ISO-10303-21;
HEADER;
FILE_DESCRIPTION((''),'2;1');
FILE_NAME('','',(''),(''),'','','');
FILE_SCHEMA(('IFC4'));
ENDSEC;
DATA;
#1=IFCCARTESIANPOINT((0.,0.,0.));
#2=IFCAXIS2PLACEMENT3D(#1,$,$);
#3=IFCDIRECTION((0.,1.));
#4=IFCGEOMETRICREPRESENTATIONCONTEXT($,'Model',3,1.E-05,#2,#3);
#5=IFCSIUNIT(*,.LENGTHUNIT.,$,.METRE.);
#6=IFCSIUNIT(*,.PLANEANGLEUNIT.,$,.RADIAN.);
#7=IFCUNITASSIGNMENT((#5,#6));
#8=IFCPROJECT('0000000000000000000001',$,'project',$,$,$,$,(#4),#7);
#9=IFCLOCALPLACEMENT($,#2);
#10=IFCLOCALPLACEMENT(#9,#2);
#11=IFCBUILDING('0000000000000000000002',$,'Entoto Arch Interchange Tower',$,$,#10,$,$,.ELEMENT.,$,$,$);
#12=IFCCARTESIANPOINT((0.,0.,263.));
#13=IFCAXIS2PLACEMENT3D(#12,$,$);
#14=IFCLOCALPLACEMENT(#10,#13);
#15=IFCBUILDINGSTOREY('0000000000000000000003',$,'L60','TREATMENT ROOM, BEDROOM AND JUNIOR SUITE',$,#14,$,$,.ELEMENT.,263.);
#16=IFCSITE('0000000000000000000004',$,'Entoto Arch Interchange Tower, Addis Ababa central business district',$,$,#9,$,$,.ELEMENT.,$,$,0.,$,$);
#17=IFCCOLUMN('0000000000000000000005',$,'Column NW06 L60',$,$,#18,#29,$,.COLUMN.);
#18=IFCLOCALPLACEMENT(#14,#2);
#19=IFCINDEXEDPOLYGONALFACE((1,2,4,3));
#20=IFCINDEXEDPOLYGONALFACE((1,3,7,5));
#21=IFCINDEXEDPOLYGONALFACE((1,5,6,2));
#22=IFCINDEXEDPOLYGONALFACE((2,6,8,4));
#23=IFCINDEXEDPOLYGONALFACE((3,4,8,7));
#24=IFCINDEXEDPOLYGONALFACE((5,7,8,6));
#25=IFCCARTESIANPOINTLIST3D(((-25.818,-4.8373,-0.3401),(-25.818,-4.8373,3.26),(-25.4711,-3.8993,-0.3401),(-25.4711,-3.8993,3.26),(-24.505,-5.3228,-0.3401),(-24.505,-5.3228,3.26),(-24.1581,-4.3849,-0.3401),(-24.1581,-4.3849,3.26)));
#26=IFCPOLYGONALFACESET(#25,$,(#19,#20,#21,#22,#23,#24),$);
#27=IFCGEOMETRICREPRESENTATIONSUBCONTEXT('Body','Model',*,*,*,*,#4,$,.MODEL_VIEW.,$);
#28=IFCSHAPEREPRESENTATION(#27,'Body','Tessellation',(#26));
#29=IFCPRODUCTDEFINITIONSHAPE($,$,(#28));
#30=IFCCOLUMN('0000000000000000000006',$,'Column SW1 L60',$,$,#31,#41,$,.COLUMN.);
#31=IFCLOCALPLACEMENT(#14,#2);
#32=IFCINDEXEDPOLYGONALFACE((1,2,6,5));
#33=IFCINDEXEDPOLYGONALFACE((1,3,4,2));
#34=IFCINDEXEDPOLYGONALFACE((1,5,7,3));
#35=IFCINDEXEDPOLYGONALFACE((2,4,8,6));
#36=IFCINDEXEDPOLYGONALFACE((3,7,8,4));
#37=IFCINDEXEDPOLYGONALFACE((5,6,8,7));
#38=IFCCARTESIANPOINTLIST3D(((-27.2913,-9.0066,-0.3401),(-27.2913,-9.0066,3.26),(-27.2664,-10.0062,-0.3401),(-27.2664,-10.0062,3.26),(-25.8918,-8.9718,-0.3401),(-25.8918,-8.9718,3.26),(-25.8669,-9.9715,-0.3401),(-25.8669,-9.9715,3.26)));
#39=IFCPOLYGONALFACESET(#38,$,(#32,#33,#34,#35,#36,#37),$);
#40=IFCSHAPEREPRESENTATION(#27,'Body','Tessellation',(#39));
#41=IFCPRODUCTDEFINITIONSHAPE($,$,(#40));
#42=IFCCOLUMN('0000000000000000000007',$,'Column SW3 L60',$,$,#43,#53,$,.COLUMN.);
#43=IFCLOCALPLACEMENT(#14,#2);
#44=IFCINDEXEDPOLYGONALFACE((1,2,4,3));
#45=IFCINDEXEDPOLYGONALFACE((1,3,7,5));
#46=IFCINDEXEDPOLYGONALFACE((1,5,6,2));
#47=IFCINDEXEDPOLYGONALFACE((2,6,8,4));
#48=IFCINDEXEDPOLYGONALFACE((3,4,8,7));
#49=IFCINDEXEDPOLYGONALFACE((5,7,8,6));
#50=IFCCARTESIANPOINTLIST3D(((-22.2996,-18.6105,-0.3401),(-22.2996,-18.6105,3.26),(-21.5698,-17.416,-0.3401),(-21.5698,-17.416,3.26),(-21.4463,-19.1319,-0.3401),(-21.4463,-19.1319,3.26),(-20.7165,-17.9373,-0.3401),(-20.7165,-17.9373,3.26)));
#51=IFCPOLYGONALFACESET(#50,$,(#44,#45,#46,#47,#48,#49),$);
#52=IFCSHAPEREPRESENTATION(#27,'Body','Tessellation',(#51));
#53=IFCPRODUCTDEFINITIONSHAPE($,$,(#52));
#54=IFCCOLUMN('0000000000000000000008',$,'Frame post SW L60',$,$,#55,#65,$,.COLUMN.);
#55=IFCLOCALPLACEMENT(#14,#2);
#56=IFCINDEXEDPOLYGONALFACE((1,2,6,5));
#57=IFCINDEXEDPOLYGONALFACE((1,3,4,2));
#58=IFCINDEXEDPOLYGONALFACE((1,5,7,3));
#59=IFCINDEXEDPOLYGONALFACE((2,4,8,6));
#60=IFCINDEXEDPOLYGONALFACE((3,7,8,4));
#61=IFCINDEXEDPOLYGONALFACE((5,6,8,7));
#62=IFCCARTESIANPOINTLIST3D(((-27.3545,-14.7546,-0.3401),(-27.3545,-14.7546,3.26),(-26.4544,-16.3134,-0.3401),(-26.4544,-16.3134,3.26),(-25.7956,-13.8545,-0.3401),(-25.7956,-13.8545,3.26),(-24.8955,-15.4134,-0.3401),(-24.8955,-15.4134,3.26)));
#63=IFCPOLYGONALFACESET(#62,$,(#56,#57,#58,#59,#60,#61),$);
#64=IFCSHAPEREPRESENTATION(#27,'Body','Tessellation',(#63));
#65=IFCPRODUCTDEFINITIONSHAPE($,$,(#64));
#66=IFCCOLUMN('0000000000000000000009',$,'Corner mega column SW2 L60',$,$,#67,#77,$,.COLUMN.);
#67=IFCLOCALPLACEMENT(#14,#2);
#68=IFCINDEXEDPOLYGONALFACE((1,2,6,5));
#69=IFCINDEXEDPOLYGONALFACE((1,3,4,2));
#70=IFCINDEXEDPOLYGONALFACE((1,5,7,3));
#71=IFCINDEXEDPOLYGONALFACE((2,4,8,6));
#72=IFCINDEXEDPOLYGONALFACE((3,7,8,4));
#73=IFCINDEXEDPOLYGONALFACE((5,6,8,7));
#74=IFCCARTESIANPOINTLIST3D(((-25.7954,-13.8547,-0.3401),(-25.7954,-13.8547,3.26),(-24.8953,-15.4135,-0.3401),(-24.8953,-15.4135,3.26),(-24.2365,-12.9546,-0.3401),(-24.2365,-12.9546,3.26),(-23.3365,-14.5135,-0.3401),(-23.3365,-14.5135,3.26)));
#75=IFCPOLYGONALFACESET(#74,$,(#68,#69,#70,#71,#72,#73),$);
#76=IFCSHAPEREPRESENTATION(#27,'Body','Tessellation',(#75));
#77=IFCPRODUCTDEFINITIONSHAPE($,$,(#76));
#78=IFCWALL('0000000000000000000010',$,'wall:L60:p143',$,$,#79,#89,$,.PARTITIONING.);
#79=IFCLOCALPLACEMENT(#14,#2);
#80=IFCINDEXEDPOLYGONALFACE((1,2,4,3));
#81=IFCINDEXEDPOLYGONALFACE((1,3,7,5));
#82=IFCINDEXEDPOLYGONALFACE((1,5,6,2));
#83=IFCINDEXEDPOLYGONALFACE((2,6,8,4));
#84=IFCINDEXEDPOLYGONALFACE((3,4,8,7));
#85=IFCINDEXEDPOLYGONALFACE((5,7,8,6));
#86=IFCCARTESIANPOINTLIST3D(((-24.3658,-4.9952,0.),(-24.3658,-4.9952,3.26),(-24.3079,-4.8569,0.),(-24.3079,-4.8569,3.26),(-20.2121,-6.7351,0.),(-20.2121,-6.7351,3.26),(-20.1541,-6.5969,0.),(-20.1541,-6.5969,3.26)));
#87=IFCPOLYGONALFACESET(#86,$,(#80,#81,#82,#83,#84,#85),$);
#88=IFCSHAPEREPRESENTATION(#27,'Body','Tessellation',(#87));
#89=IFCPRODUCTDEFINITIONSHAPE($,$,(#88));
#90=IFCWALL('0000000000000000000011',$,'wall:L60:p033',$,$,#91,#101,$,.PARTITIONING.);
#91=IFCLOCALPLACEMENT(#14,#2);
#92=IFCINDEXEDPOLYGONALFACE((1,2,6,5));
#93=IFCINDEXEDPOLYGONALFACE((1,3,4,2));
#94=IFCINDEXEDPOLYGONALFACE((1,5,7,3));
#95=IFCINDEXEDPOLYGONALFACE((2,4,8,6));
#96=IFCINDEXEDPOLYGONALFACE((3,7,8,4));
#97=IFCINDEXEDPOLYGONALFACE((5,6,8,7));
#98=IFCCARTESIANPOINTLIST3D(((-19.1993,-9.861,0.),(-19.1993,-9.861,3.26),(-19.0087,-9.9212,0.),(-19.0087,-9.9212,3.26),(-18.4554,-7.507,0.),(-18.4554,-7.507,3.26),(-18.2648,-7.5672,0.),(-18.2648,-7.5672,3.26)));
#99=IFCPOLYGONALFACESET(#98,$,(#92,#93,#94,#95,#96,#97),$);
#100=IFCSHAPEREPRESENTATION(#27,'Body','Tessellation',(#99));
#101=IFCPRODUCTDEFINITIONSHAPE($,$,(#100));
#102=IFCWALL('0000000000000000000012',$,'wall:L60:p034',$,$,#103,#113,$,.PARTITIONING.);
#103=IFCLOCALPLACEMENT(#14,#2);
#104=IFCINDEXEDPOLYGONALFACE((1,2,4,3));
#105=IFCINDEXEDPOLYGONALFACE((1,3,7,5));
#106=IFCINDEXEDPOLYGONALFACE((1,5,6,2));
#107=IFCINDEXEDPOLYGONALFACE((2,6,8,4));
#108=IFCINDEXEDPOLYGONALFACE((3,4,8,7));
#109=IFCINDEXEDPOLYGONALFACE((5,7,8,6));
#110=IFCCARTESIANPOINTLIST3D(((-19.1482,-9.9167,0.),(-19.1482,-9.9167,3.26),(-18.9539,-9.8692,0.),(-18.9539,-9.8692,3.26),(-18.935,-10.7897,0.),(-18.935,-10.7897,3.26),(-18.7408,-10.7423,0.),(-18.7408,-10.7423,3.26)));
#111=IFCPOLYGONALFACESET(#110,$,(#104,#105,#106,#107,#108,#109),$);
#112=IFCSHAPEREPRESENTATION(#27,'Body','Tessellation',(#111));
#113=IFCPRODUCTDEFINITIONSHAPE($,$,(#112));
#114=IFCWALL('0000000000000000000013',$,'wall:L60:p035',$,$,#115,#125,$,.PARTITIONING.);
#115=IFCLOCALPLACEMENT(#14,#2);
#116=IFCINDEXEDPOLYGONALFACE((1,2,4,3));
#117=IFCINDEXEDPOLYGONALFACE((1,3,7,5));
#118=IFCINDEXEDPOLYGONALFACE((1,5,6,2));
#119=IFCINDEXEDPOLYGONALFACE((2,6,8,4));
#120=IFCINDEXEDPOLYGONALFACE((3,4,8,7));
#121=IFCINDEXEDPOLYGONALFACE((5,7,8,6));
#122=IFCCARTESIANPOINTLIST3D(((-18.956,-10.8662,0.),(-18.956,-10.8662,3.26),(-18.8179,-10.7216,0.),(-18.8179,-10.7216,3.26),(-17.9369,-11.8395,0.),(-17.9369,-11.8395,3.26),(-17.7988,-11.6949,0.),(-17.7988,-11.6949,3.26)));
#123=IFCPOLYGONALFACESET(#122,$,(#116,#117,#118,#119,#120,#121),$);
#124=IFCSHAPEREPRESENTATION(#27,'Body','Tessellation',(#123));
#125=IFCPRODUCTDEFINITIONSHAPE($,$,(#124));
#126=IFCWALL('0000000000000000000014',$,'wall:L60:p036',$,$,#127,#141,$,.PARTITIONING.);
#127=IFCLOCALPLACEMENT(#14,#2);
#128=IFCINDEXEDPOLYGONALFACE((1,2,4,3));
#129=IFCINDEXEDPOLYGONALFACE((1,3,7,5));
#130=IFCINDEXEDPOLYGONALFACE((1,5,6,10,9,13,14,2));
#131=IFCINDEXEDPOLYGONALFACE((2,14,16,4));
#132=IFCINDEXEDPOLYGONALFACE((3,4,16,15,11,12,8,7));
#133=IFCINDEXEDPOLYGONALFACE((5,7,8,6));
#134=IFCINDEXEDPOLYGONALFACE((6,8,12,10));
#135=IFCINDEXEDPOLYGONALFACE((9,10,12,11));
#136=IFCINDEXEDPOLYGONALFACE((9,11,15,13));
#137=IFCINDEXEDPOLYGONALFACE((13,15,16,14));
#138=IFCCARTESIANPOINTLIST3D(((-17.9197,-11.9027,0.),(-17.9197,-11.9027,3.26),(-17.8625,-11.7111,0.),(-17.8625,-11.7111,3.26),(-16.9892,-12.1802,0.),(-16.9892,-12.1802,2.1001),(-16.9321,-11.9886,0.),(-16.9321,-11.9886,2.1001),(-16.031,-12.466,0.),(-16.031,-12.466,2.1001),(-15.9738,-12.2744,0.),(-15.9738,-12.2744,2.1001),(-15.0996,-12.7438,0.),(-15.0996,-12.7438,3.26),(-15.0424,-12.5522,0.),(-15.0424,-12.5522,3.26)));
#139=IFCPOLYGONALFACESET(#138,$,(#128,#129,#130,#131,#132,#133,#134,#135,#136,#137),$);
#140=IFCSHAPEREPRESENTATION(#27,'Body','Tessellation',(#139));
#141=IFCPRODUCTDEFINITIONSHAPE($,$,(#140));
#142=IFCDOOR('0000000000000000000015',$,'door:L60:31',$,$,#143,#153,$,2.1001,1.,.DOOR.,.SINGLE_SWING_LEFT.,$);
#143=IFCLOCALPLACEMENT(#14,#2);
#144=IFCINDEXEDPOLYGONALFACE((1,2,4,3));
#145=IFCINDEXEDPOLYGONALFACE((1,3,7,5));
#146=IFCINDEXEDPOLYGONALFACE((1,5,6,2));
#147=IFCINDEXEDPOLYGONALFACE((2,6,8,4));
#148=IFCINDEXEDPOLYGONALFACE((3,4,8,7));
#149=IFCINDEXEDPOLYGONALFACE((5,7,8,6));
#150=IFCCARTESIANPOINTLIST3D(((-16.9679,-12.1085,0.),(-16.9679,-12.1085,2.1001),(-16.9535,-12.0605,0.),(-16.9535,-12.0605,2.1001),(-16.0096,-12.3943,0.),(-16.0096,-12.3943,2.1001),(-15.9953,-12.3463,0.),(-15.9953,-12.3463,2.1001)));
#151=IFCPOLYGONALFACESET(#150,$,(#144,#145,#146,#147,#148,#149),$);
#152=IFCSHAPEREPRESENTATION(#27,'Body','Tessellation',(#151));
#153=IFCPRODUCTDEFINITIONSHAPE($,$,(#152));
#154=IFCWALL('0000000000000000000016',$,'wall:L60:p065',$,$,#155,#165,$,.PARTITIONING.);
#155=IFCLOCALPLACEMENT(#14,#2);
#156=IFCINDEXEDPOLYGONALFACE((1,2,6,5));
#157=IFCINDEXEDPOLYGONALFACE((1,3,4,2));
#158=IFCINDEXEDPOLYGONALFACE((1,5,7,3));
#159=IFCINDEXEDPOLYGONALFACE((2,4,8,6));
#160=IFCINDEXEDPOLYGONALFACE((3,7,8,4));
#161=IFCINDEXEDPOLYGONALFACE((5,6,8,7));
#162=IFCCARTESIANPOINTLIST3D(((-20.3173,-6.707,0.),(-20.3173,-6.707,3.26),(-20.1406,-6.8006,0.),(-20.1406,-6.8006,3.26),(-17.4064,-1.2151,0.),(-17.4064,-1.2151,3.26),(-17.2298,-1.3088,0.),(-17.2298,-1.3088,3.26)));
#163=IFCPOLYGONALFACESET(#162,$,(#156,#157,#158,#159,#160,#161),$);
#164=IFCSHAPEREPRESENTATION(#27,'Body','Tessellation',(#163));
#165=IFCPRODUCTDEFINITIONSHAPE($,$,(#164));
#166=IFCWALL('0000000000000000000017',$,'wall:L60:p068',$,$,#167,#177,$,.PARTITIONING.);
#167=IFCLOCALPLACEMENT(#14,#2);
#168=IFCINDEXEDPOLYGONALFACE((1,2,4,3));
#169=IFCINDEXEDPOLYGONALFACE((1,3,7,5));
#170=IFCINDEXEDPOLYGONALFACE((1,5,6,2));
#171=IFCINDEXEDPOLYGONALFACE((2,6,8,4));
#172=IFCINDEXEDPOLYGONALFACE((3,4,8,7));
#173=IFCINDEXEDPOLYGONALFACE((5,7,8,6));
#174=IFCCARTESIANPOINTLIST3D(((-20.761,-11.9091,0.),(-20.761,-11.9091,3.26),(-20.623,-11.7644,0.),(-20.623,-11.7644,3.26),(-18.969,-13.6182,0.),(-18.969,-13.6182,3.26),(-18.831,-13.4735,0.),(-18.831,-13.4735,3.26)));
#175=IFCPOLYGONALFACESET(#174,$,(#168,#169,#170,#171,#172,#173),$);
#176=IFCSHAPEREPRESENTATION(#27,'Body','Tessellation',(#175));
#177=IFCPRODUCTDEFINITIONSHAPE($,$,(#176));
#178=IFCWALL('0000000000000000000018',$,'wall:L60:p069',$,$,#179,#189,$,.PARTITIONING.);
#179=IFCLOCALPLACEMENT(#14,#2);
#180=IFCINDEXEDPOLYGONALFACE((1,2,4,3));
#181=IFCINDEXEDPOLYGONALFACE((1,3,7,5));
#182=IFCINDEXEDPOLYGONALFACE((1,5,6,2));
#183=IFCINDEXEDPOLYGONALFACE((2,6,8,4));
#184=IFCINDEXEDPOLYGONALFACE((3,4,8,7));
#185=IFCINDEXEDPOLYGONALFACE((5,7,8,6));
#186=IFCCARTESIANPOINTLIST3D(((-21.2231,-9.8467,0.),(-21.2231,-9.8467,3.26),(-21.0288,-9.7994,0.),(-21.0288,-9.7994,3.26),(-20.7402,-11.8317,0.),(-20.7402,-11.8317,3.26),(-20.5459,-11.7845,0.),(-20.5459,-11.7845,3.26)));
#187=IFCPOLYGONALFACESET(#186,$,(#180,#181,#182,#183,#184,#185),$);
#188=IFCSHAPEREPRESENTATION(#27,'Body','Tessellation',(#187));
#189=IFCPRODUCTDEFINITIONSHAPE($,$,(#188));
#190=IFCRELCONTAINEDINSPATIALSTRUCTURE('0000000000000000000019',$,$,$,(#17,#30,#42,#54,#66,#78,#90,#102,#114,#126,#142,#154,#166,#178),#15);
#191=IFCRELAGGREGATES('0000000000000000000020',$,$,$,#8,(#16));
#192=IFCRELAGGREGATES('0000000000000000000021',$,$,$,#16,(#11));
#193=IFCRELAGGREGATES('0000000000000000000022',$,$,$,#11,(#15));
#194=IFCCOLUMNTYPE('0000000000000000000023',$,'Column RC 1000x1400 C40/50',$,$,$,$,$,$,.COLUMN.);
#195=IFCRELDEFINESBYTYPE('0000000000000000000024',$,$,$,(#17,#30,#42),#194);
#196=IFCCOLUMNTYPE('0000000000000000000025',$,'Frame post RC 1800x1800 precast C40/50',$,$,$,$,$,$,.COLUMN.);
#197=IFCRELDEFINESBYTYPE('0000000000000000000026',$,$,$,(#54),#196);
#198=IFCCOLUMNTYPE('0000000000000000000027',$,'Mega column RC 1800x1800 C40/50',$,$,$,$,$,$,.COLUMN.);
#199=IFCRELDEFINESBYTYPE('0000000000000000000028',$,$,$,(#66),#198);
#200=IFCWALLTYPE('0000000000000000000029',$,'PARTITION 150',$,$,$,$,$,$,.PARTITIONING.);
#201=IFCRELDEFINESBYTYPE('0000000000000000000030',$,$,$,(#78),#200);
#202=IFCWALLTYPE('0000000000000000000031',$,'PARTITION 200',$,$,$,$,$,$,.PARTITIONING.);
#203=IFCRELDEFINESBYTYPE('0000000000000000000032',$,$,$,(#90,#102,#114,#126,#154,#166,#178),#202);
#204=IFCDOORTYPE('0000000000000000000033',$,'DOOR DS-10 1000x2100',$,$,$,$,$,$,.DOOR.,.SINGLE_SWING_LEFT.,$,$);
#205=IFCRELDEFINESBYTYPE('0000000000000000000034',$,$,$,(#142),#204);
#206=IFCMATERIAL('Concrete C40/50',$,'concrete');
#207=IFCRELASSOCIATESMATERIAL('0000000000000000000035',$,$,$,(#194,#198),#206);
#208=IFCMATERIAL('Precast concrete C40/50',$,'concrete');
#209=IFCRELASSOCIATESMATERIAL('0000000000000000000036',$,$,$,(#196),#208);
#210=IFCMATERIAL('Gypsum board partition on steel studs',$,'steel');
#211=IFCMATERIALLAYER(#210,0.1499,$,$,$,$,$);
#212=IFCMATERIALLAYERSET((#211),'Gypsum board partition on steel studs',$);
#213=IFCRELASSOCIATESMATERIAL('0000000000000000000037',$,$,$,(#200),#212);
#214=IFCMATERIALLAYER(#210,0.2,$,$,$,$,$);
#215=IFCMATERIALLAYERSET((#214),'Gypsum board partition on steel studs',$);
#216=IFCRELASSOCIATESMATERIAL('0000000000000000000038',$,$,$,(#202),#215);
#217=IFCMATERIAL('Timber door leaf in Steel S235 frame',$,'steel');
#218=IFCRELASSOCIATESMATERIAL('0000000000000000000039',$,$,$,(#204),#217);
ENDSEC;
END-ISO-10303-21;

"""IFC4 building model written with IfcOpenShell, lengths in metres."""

from ifc_helpers import new_model, si_unit, direction, frame, frame_2d, origin, origin_2d, place, context, subcontext, project, spatial, rectangle, extrude, material, layer, layer_set, material_profile, profile_set, type_object, element, fill, save


model = new_model("IFC4")

# Units and contexts
model_context = context("Model", 3, precision=1e-05, world=origin(), true_north=direction((0.0, 1.0)))
body_context = subcontext(model_context, "Body", "Model", "MODEL_VIEW")
ifc_project = project(units=[si_unit("LENGTHUNIT", "METRE"), si_unit("PLANEANGLEUNIT", "RADIAN")], contexts=[model_context])

# Site, building, storey
site_placement = place(None, origin())
site = spatial("IfcSite", under=ifc_project, at=site_placement, Name="Entoto Arch Interchange Tower, Addis Ababa central business district", CompositionType="ELEMENT", RefElevation=0.0)
building_placement = place(site_placement, origin())
building = spatial("IfcBuilding", under=site, at=building_placement, Name="Entoto Arch Interchange Tower", CompositionType="ELEMENT")
storey_placement = place(building_placement, frame((0.0, 0.0, 263.0)))
storey = spatial("IfcBuildingStorey", under=building, at=storey_placement, Name="L60", Description="TREATMENT ROOM, BEDROOM AND JUNIOR SUITE", CompositionType="ELEMENT", Elevation=263.0)

# Columns
ifc_material_1 = material(Name="Concrete C40/50", Category="concrete")
ifc_material_profile_1 = material_profile(ifc_material_1, rectangle(XDim=1.0, YDim=1.3999, at=origin_2d()))
ifc_profile_set_1 = profile_set([ifc_material_profile_1], Name="Concrete C40/50")
column_type_1 = type_object("IfcColumnType", Name="Column RC 1000x1400 C40/50", PredefinedType="COLUMN", material=ifc_profile_set_1)
for number, where, z_axis, x_axis, name in (
    (1, (-24.988, -4.6111, -0.3401), (0.0, 0.0, 1.0), (0.346854, 0.937919, 0.0), "Column NW06 L60"),
    (2, (-26.5791, -9.489, -0.3401), (0.0, 0.0, 1.0), (-0.024833, 0.999692, 0.0), "Column SW1 L60"),
    (3, (-21.5081, -18.2739, -0.3401), (0.0, 0.0, 1.0), (-0.853342, 0.521352, 0.0), "Column SW3 L60"),
):
    element("IfcColumn", number, at=place(storey_placement, frame(where, z_axis=z_axis, x_axis=x_axis)), inside=storey, type_object=column_type_1, Name=name, PredefinedType="COLUMN", context=body_context, shape_type="SweptSolid", body=[
        extrude(rectangle(XDim=1.0, YDim=1.3999, at=origin_2d()), origin(), (0.0, 0.0, 1.0), 3.6001),
    ])
ifc_material_2 = material(Name="Precast concrete C40/50", Category="concrete")
ifc_material_profile_2 = material_profile(ifc_material_2, rectangle(XDim=1.8, YDim=1.8, at=origin_2d()))
ifc_profile_set_2 = profile_set([ifc_material_profile_2], Name="Precast concrete C40/50")
column_type_2 = type_object("IfcColumnType", Name="Frame post RC 1800x1800 precast C40/50", PredefinedType="COLUMN", material=ifc_profile_set_2)
column_1_placement = place(storey_placement, frame((-26.125, -15.084, -0.3401), z_axis=(0.0, 0.0, 1.0), x_axis=(0.866025, 0.5, 0.0)))
element("IfcColumn", 4, at=column_1_placement, inside=storey, type_object=column_type_2, Name="Frame post SW L60", PredefinedType="COLUMN", context=body_context, shape_type="SweptSolid", body=[
    extrude(rectangle(XDim=1.8, YDim=1.8, at=origin_2d()), origin(), (0.0, 0.0, 1.0), 3.6001),
])
ifc_material_profile_3 = material_profile(ifc_material_1, rectangle(XDim=1.8, YDim=1.8, at=origin_2d()))
ifc_profile_set_3 = profile_set([ifc_material_profile_3], Name="Concrete C40/50")
column_type_3 = type_object("IfcColumnType", Name="Mega column RC 1800x1800 C40/50", PredefinedType="COLUMN", material=ifc_profile_set_3)
column_2_placement = place(storey_placement, frame((-24.5659, -14.1841, -0.3401), z_axis=(0.0, 0.0, 1.0), x_axis=(0.866025, 0.5, 0.0)))
element("IfcColumn", 5, at=column_2_placement, inside=storey, type_object=column_type_3, Name="Corner mega column SW2 L60", PredefinedType="COLUMN", context=body_context, shape_type="SweptSolid", body=[
    extrude(rectangle(XDim=1.8, YDim=1.8, at=origin_2d()), origin(), (0.0, 0.0, 1.0), 3.6001),
])

# Walls
ifc_material_3 = material(Name="Gypsum board partition on steel studs", Category="steel")
ifc_layer_1 = layer(ifc_material_3, 0.1499)
ifc_layer_set_1 = layer_set([ifc_layer_1], Name="Gypsum board partition on steel studs")
wall_type_1 = type_object("IfcWallType", Name="PARTITION 150", PredefinedType="PARTITIONING", material=ifc_layer_set_1)
wall_1_placement = place(storey_placement, frame((-20.1831, -6.666, 0.0), z_axis=(0.0, 0.0, 1.0), x_axis=(-0.922347, 0.386362, 0.0)))
element("IfcWall", 6, at=wall_1_placement, inside=storey, type_object=wall_type_1, Name="wall:L60:p143", PredefinedType="PARTITIONING", context=body_context, shape_type="SweptSolid", body=[
    extrude(rectangle(XDim=4.5034, YDim=0.1499, at=frame_2d((2.2517, 0.0))), origin(), (0.0, 0.0, 1.0), 3.26),
])
ifc_layer_2 = layer(ifc_material_3, 0.2)
ifc_layer_set_2 = layer_set([ifc_layer_2], Name="Gypsum board partition on steel studs")
wall_type_2 = type_object("IfcWallType", Name="PARTITION 200", PredefinedType="PARTITIONING", material=ifc_layer_set_2)
wall_2_placement = place(storey_placement, frame((-18.3601, -7.5371, 0.0), z_axis=(0.0, 0.0, 1.0), x_axis=(-0.301325, -0.953521, 0.0)))
element("IfcWall", 7, at=wall_2_placement, inside=storey, type_object=wall_type_2, Name="wall:L60:p033", PredefinedType="PARTITIONING", context=body_context, shape_type="SweptSolid", body=[
    extrude(rectangle(XDim=2.4688, YDim=0.2, at=frame_2d((1.2344, 0.0))), origin(), (0.0, 0.0, 1.0), 3.26),
])
wall_3_placement = place(storey_placement, frame((-19.051, -9.8931, 0.0), z_axis=(0.0, 0.0, 1.0), x_axis=(0.237163, -0.97147, 0.0)))
element("IfcWall", 8, at=wall_3_placement, inside=storey, type_object=wall_type_2, Name="wall:L60:p034", PredefinedType="PARTITIONING", context=body_context, shape_type="SweptSolid", body=[
    extrude(rectangle(XDim=0.8987, YDim=0.2, at=frame_2d((0.4492, 0.0))), origin(), (0.0, 0.0, 1.0), 3.26),
])
wall_4_placement = place(storey_placement, frame((-18.887, -10.7939, 0.0), z_axis=(0.0, 0.0, 1.0), x_axis=(0.723206, -0.690632, 0.0)))
element("IfcWall", 9, at=wall_4_placement, inside=storey, type_object=wall_type_2, Name="wall:L60:p035", PredefinedType="PARTITIONING", context=body_context, shape_type="SweptSolid", body=[
    extrude(rectangle(XDim=1.4092, YDim=0.2, at=frame_2d((0.7046, 0.0))), origin(), (0.0, 0.0, 1.0), 3.26),
])

# Wall, opening, door
wall_5_placement = place(storey_placement, frame((-17.8911, -11.8069, 0.0), z_axis=(0.0, 0.0, 1.0), x_axis=(0.958289, -0.285802, 0.0)))
wall_5 = element("IfcWall", 10, at=wall_5_placement, inside=storey, type_object=wall_type_2, Name="wall:L60:p036", PredefinedType="PARTITIONING", context=body_context, shape_type="SweptSolid", body=[
    extrude(rectangle(XDim=2.9429, YDim=0.2, at=frame_2d((1.4714, 0.0))), origin(), (0.0, 0.0, 1.0), 3.26),
])
opening_1_placement = place(wall_5_placement, frame((0.9709, 0.0, 0.0)))
opening_1 = element("IfcOpeningElement", 11, at=opening_1_placement, cuts=wall_5, PredefinedType="OPENING", context=body_context, shape_type="SweptSolid", body=[
    extrude(rectangle(XDim=1.0, YDim=2.1001, at=frame_2d((0.5, 1.05))), frame((0.0, 0.1099, 0.0), z_axis=(0.0, -1.0, 0.0), x_axis=(1.0, 0.0, 0.0)), (0.0, 0.0, 1.0), 0.22),
])
ifc_material_4 = material(Name="Timber door leaf in Steel S235 frame", Category="steel")
door_type = type_object("IfcDoorType", Name="DOOR DS-10 1000x2100", OperationType="SINGLE_SWING_LEFT", PredefinedType="DOOR", material=ifc_material_4)
door_placement = place(opening_1_placement, origin())
door = element("IfcDoor", 12, at=door_placement, inside=storey, type_object=door_type, Name="door:L60:31", OperationType="SINGLE_SWING_LEFT", OverallHeight=2.1001, OverallWidth=1.0, PredefinedType="DOOR", context=body_context, shape_type="SweptSolid", body=[
    extrude(rectangle(XDim=1.0, YDim=2.1001, at=frame_2d((0.5, 1.05))), frame((0.0, 0.0249, 0.0), z_axis=(0.0, -1.0, 0.0), x_axis=(1.0, 0.0, 0.0)), (0.0, 0.0, 1.0), 0.05),
])
fill(opening_1, door)

# Walls
wall_6_placement = place(storey_placement, frame((-20.229, -6.7539, 0.0), z_axis=(0.0, 0.0, 1.0), x_axis=(0.468314, 0.883562, 0.0)))
element("IfcWall", 13, at=wall_6_placement, inside=storey, type_object=wall_type_2, Name="wall:L60:p065", PredefinedType="PARTITIONING", context=body_context, shape_type="SweptSolid", body=[
    extrude(rectangle(XDim=6.2156, YDim=0.2, at=frame_2d((3.1079, 0.0))), origin(), (0.0, 0.0, 1.0), 3.26),
])
wall_7_placement = place(storey_placement, frame((-18.8999, -13.5459, 0.0), z_axis=(0.0, 0.0, 1.0), x_axis=(-0.723669, 0.690147, 0.0)))
element("IfcWall", 14, at=wall_7_placement, inside=storey, type_object=wall_type_2, Name="wall:L60:p068", PredefinedType="PARTITIONING", context=body_context, shape_type="SweptSolid", body=[
    extrude(rectangle(XDim=2.4763, YDim=0.2, at=frame_2d((1.2383, 0.0))), origin(), (0.0, 0.0, 1.0), 3.26),
])
wall_8_placement = place(storey_placement, frame((-20.6431, -11.8081, 0.0), z_axis=(0.0, 0.0, 1.0), x_axis=(-0.236373, 0.971662, 0.0)))
element("IfcWall", 15, at=wall_8_placement, inside=storey, type_object=wall_type_2, Name="wall:L60:p069", PredefinedType="PARTITIONING", context=body_context, shape_type="SweptSolid", body=[
    extrude(rectangle(XDim=2.043, YDim=0.2, at=frame_2d((1.0215, 0.0))), origin(), (0.0, 0.0, 1.0), 3.26),
])

save(model, "model.ifc")
